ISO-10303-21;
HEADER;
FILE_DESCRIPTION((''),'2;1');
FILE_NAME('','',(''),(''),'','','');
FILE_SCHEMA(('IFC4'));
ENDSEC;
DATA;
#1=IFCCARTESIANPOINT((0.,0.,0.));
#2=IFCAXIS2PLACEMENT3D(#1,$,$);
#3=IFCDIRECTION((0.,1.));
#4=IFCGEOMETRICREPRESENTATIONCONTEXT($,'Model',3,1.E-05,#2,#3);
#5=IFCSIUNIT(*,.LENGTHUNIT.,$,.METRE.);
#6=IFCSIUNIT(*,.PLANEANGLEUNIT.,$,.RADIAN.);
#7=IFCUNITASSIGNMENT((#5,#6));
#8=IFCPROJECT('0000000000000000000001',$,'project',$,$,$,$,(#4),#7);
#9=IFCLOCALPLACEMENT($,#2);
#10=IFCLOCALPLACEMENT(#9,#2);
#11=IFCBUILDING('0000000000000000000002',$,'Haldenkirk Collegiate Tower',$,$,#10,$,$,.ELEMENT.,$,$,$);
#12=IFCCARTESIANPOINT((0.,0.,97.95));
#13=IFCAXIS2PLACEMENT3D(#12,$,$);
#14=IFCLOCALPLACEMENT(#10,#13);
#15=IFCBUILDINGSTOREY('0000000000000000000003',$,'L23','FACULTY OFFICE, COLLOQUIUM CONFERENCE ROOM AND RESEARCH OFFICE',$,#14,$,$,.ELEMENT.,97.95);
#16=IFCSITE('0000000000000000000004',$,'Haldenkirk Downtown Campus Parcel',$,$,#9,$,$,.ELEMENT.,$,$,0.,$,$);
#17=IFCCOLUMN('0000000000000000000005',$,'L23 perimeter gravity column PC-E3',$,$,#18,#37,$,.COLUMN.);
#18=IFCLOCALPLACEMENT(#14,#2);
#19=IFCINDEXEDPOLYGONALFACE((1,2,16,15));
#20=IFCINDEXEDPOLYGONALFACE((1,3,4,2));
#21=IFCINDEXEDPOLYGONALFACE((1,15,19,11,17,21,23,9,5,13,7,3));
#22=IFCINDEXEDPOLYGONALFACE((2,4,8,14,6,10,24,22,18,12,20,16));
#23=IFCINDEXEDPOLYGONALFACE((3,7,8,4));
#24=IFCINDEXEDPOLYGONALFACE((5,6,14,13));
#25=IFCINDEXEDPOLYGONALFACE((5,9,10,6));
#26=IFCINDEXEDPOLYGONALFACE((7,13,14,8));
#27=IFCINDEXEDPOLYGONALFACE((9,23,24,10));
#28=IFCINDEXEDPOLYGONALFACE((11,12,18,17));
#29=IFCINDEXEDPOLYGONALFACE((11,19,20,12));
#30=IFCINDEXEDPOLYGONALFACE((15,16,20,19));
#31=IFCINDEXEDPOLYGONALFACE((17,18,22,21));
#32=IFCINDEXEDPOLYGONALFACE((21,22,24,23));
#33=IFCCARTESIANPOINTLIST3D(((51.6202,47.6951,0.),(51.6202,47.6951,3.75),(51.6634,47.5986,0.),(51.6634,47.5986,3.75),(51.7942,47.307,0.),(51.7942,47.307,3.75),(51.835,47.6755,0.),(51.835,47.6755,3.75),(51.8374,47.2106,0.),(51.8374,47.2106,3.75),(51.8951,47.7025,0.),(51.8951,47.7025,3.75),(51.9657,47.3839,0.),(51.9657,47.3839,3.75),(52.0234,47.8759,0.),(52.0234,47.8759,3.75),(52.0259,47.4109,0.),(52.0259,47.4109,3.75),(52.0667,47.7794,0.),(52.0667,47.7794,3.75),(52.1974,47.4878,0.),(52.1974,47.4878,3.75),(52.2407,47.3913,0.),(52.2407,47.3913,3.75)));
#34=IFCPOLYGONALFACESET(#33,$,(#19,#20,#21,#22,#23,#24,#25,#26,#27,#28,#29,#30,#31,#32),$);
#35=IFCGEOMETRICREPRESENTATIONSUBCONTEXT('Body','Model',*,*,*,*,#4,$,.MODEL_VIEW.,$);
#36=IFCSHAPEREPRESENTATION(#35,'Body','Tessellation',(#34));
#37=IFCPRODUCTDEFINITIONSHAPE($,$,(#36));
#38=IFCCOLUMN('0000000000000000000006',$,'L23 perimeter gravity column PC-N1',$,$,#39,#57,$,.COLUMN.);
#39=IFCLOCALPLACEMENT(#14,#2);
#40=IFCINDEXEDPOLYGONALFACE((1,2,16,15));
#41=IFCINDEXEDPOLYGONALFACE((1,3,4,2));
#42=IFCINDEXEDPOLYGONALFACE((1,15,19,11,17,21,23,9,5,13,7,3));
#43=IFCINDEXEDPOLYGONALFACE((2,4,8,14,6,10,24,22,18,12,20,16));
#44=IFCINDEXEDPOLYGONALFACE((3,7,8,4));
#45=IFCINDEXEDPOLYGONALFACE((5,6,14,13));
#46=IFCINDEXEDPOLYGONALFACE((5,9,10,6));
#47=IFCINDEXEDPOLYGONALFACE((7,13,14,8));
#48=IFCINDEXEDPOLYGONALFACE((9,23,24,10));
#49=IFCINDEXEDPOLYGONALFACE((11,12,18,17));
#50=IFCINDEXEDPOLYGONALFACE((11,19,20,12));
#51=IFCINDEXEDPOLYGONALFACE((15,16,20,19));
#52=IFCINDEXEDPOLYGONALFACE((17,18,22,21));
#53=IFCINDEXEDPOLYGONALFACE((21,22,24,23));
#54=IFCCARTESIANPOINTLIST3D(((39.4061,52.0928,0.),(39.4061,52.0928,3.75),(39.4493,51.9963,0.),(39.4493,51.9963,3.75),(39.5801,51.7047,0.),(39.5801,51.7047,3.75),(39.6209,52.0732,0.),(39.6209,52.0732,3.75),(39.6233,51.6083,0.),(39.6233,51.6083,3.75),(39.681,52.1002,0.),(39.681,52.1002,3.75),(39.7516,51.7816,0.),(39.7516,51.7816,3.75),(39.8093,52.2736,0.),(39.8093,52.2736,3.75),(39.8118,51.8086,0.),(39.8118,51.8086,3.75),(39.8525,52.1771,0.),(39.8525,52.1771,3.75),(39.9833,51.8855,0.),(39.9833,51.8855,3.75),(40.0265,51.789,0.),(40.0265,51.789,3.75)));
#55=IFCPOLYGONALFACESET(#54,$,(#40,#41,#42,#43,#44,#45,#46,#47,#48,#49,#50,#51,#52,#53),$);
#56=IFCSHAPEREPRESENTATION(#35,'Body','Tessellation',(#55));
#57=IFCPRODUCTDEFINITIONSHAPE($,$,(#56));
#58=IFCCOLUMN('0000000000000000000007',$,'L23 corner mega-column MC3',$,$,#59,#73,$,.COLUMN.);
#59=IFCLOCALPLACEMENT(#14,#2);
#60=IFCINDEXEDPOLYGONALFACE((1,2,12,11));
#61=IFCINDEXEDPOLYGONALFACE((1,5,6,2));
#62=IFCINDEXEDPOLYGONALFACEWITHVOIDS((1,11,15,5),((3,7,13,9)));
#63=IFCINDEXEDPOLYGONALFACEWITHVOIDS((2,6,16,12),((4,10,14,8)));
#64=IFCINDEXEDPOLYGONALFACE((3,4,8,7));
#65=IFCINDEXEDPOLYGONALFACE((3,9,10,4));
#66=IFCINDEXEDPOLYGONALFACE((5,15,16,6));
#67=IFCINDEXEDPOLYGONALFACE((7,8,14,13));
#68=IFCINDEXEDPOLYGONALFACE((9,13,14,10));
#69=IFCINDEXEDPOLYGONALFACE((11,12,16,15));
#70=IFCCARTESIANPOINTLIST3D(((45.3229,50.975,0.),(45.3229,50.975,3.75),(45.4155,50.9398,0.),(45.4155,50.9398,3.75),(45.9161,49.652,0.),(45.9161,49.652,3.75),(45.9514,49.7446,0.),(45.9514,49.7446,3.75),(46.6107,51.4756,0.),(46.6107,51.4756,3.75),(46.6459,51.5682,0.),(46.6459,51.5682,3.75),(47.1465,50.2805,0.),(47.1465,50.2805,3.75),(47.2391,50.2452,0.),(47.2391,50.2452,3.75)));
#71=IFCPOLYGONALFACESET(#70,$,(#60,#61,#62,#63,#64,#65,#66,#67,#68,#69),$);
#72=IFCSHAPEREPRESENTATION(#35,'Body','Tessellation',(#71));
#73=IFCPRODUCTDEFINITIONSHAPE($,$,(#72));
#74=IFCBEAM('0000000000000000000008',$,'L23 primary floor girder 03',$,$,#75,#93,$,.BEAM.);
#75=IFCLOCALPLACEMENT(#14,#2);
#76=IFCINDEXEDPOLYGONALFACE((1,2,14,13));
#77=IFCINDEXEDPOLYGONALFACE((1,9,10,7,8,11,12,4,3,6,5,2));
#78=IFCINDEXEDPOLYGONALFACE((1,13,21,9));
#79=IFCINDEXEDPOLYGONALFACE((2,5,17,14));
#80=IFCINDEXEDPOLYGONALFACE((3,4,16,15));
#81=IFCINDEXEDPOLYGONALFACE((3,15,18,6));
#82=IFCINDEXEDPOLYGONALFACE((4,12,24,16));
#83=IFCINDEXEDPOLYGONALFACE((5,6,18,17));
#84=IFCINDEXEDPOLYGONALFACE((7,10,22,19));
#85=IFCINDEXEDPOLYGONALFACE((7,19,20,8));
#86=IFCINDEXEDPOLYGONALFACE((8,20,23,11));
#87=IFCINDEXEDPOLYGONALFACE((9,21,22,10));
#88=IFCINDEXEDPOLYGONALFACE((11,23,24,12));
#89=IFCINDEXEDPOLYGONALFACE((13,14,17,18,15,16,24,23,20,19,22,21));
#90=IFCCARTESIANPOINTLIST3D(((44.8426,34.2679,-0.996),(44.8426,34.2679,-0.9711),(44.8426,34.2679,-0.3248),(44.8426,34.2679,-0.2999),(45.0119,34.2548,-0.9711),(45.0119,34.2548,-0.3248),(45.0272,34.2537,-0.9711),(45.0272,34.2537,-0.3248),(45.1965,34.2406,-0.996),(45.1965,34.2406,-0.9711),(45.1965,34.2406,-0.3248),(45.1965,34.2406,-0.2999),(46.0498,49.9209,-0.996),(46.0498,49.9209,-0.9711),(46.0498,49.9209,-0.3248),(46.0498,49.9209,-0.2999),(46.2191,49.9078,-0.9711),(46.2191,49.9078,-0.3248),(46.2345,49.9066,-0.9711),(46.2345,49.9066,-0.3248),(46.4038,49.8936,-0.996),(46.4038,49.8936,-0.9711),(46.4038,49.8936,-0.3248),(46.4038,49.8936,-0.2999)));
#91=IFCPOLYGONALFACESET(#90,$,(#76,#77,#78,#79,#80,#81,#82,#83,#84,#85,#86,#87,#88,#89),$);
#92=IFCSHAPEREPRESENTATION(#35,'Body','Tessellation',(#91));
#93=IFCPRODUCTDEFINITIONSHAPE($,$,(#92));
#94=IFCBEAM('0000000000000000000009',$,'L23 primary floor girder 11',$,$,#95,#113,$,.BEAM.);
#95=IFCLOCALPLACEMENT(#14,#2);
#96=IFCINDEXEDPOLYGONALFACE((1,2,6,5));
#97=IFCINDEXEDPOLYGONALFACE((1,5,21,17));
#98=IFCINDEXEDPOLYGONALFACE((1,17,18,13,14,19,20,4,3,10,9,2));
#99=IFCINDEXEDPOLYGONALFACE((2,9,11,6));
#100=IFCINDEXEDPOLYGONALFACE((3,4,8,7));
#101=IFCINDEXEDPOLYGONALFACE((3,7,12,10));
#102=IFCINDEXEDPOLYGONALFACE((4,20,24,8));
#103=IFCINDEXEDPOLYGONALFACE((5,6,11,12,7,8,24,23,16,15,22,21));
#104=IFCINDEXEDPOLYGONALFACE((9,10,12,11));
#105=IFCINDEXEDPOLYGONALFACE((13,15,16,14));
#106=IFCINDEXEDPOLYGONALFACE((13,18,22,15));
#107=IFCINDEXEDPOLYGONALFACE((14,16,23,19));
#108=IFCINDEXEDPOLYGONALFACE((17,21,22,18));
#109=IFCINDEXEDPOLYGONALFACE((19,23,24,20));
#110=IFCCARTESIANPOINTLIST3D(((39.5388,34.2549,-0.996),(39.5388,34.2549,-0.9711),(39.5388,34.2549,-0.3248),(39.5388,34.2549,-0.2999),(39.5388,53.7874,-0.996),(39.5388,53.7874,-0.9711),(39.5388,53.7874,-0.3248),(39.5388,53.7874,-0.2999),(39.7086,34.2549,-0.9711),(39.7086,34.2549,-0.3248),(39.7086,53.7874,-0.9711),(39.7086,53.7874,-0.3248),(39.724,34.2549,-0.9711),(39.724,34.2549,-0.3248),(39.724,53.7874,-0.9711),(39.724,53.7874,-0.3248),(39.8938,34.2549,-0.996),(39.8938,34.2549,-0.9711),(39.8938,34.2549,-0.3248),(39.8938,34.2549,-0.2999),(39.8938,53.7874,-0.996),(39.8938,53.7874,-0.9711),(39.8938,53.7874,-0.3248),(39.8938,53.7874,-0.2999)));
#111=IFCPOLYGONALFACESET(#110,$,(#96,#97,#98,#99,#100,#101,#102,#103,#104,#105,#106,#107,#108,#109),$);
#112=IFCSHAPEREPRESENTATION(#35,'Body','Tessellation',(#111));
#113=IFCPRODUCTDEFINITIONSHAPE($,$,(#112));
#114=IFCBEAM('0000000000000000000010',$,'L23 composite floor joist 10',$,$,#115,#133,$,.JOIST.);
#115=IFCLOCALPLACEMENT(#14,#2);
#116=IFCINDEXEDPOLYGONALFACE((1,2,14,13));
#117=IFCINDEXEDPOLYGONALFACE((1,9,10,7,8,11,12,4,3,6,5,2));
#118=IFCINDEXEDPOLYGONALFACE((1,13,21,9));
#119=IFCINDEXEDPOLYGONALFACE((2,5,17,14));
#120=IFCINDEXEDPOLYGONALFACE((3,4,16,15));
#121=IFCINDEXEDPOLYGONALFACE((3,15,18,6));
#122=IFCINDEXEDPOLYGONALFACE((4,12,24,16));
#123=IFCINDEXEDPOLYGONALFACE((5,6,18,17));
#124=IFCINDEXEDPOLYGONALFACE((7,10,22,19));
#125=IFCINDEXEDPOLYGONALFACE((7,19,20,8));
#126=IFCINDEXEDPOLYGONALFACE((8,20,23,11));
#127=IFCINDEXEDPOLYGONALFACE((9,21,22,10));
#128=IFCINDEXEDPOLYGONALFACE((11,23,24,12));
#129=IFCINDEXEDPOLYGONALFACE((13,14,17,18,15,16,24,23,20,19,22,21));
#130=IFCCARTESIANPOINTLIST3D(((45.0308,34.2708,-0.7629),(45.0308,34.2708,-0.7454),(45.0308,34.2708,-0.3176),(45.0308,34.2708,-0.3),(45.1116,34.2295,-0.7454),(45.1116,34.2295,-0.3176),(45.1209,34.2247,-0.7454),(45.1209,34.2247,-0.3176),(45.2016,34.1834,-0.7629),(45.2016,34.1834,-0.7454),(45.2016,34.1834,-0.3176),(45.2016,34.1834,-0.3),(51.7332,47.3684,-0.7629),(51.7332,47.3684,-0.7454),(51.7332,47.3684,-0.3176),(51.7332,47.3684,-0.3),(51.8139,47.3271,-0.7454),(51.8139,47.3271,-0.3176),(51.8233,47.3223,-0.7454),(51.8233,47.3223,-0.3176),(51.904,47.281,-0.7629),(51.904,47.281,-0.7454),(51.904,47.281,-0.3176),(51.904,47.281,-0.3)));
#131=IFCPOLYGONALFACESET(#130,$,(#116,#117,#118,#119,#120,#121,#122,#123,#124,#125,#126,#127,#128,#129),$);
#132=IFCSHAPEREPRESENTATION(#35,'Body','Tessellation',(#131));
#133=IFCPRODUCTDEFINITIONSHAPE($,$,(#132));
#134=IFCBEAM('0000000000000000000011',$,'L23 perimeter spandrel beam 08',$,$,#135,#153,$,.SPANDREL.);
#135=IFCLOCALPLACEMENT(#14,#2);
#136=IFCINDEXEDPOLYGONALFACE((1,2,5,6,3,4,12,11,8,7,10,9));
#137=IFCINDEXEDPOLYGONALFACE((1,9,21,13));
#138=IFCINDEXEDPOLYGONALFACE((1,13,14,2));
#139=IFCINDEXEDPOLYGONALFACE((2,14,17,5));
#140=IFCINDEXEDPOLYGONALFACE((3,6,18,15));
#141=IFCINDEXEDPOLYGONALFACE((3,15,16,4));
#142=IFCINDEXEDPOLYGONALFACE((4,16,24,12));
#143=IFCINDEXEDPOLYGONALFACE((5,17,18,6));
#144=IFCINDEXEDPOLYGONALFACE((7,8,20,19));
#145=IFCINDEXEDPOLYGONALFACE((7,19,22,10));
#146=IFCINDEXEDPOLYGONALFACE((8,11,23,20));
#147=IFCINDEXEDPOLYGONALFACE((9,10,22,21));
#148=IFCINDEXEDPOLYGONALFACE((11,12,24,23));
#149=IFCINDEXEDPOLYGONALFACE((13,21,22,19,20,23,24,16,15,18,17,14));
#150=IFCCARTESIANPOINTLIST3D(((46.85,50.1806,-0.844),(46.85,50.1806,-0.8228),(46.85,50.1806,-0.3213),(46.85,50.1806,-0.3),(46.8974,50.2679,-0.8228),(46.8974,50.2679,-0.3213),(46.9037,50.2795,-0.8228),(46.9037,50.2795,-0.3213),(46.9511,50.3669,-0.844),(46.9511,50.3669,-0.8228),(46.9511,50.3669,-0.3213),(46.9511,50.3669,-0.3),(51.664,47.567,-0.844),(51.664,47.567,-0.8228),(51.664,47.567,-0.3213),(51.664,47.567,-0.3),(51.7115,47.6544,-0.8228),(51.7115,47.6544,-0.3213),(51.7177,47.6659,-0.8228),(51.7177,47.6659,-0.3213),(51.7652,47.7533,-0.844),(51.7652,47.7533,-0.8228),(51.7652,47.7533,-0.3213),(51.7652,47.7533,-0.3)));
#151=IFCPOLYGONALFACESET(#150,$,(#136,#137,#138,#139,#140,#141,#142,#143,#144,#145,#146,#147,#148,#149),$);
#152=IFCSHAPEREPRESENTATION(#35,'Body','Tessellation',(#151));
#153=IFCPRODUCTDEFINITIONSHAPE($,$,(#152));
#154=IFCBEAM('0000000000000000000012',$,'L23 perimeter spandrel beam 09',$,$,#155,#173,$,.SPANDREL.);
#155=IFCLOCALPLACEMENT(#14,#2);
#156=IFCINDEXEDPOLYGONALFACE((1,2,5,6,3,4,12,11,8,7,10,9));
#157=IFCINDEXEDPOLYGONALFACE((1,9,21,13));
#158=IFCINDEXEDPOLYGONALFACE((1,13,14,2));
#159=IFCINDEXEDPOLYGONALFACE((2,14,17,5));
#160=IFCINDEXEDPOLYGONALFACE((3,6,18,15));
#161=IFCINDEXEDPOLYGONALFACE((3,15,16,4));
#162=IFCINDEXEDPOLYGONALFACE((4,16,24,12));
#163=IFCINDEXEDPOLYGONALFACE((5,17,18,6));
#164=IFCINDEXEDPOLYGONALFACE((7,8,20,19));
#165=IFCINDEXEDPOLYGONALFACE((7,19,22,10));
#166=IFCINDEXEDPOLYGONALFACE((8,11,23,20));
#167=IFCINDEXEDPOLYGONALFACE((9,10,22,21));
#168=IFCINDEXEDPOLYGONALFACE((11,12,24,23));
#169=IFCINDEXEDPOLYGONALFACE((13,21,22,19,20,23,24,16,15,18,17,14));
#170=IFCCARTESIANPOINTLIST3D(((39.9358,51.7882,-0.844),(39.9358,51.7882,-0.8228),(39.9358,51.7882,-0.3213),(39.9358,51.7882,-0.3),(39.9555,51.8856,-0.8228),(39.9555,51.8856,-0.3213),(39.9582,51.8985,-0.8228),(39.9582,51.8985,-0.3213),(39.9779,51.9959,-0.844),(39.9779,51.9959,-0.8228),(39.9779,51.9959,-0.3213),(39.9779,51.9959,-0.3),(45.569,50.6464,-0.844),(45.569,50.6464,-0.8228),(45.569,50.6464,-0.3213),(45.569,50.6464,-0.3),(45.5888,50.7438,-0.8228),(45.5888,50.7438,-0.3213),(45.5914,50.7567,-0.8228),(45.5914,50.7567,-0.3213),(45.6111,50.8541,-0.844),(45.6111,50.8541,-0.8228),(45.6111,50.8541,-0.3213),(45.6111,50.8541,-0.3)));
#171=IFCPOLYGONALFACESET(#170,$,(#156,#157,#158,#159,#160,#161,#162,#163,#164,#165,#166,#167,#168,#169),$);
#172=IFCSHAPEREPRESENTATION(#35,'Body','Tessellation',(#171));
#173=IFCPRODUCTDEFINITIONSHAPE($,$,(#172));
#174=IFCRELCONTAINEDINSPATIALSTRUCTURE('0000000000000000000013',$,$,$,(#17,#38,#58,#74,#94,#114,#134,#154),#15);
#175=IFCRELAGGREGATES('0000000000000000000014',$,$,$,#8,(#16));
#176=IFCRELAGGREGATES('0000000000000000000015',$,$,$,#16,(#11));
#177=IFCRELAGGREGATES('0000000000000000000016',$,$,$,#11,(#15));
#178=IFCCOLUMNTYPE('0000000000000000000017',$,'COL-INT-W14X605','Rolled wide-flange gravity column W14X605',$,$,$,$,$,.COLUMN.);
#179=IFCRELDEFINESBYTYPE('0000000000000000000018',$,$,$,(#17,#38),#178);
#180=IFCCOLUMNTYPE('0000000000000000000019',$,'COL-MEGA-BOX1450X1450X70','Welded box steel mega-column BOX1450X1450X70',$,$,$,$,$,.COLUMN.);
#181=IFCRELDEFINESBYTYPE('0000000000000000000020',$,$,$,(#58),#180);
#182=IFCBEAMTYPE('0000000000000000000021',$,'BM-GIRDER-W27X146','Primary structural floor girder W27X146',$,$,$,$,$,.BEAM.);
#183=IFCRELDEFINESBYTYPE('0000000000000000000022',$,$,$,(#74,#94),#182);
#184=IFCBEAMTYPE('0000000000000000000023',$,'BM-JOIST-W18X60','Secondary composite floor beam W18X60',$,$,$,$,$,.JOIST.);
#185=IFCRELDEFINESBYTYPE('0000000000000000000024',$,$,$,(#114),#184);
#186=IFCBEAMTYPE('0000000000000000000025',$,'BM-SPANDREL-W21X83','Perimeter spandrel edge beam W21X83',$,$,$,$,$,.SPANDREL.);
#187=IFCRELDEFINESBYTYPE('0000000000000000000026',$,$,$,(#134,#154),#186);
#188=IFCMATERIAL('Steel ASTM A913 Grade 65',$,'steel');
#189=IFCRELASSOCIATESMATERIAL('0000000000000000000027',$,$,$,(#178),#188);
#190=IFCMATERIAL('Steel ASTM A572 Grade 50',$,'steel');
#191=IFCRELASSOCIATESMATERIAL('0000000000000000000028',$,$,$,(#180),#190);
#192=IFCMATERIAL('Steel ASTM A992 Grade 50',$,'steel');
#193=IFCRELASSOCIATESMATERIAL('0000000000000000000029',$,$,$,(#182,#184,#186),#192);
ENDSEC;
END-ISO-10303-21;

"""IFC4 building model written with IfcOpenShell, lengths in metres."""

from ifc_helpers import new_model, si_unit, direction, frame, origin, origin_2d, place, context, subcontext, project, spatial, hollow_rectangle, i_section, extrude, material, material_profile, profile_set, type_object, element, save


model = new_model("IFC4")

# Units and contexts
model_context = context("Model", 3, precision=1e-05, world=origin(), true_north=direction((0.0, 1.0)))
body_context = subcontext(model_context, "Body", "Model", "MODEL_VIEW")
ifc_project = project(units=[si_unit("LENGTHUNIT", "METRE"), si_unit("PLANEANGLEUNIT", "RADIAN")], contexts=[model_context])

# Site, building, storey
site_placement = place(None, origin())
site = spatial("IfcSite", under=ifc_project, at=site_placement, Name="Haldenkirk Downtown Campus Parcel", CompositionType="ELEMENT", RefElevation=0.0)
building_placement = place(site_placement, origin())
building = spatial("IfcBuilding", under=site, at=building_placement, Name="Haldenkirk Collegiate Tower", CompositionType="ELEMENT")
storey_placement = place(building_placement, frame((0.0, 0.0, 97.95)))
storey = spatial("IfcBuildingStorey", under=building, at=storey_placement, Name="L23", Description="FACULTY OFFICE, COLLOQUIUM CONFERENCE ROOM AND RESEARCH OFFICE", CompositionType="ELEMENT", Elevation=97.95)

# Columns
ifc_material_1 = material(Name="Steel ASTM A913 Grade 65", Category="steel")
ifc_material_profile_1 = material_profile(ifc_material_1, i_section(OverallWidth=0.4419, OverallDepth=0.531, WebThickness=0.0659, FlangeThickness=0.1057, at=origin_2d()), Name="W14X605")
ifc_profile_set_1 = profile_set([ifc_material_profile_1], Name="Steel ASTM A913 Grade 65")
column_type_1 = type_object("IfcColumnType", Name="COL-INT-W14X605", Description="Rolled wide-flange gravity column W14X605", PredefinedType="COLUMN", material=ifc_profile_set_1)
for number, where, z_axis, x_axis, name in (
    (1, (51.9304, 47.5432, 0.0), (0.0, 0.0, 1.0), (0.912477, 0.409127, 0.0), "L23 perimeter gravity column PC-E3"),
    (2, (39.7163, 51.9409, 0.0), (0.0, 0.0, 1.0), (0.912477, 0.409127, 0.0), "L23 perimeter gravity column PC-N1"),
):
    element("IfcColumn", number, at=place(storey_placement, frame(where, z_axis=z_axis, x_axis=x_axis)), inside=storey, type_object=column_type_1, Name=name, PredefinedType="COLUMN", context=body_context, shape_type="SweptSolid", body=[
        extrude(i_section(OverallWidth=0.4419, OverallDepth=0.531, WebThickness=0.0659, FlangeThickness=0.1057, at=origin_2d()), origin(), (0.0, 0.0, 1.0), 3.75),
    ])
ifc_material_2 = material(Name="Steel ASTM A572 Grade 50", Category="steel")
ifc_material_profile_2 = material_profile(ifc_material_2, hollow_rectangle(XDim=1.45, YDim=1.45, WallThickness=0.0701, at=origin_2d()), Name="BOX1450X1450X70")
ifc_profile_set_2 = profile_set([ifc_material_profile_2], Name="Steel ASTM A572 Grade 50")
column_type_2 = type_object("IfcColumnType", Name="COL-MEGA-BOX1450X1450X70", Description="Welded box steel mega-column BOX1450X1450X70", PredefinedType="COLUMN", material=ifc_profile_set_2)
column_placement = place(storey_placement, frame((46.281, 50.6101, 0.0), z_axis=(0.0, 0.0, 1.0), x_axis=(0.912477, 0.409127, 0.0)))
element("IfcColumn", 3, at=column_placement, inside=storey, type_object=column_type_2, Name="L23 corner mega-column MC3", PredefinedType="COLUMN", context=body_context, shape_type="SweptSolid", body=[
    extrude(hollow_rectangle(XDim=1.45, YDim=1.45, WallThickness=0.0701, at=origin_2d()), origin(), (0.0, 0.0, 1.0), 3.75),
])

# Beams
ifc_material_3 = material(Name="Steel ASTM A992 Grade 50", Category="steel")
ifc_material_profile_3 = material_profile(ifc_material_3, i_section(OverallWidth=0.355, OverallDepth=0.696, WebThickness=0.0154, FlangeThickness=0.0249, at=origin_2d()), Name="W27X146")
ifc_profile_set_3 = profile_set([ifc_material_profile_3], Name="Steel ASTM A992 Grade 50")
beam_type_1 = type_object("IfcBeamType", Name="BM-GIRDER-W27X146", Description="Primary structural floor girder W27X146", PredefinedType="BEAM", material=ifc_profile_set_3)
beam_1_placement = place(storey_placement, frame((46.2268, 49.9072, -0.6479), z_axis=(-0.076899, -0.997039, 0.0), x_axis=(0.997039, -0.076899, 0.0)))
element("IfcBeam", 4, at=beam_1_placement, inside=storey, type_object=beam_type_1, Name="L23 primary floor girder 03", PredefinedType="BEAM", context=body_context, shape_type="SweptSolid", body=[
    extrude(i_section(OverallWidth=0.355, OverallDepth=0.696, WebThickness=0.0154, FlangeThickness=0.0249, at=origin_2d()), origin(), (0.0, 0.0, 1.0), 15.6995),
])
beam_2_placement = place(storey_placement, frame((39.7163, 53.7874, -0.6479), z_axis=(0.0, -1.0, 0.0), x_axis=(1.0, 0.0, 0.0)))
element("IfcBeam", 5, at=beam_2_placement, inside=storey, type_object=beam_type_1, Name="L23 primary floor girder 11", PredefinedType="BEAM", context=body_context, shape_type="SweptSolid", body=[
    extrude(i_section(OverallWidth=0.355, OverallDepth=0.696, WebThickness=0.0154, FlangeThickness=0.0249, at=origin_2d()), origin(), (0.0, 0.0, 1.0), 19.5325),
])
ifc_material_profile_4 = material_profile(ifc_material_3, i_section(OverallWidth=0.1919, OverallDepth=0.4629, WebThickness=0.0105, FlangeThickness=0.0176, at=origin_2d()), Name="W18X60")
ifc_profile_set_4 = profile_set([ifc_material_profile_4], Name="Steel ASTM A992 Grade 50")
beam_type_2 = type_object("IfcBeamType", Name="BM-JOIST-W18X60", Description="Secondary composite floor beam W18X60", PredefinedType="JOIST", material=ifc_profile_set_4)
beam_3_placement = place(storey_placement, frame((51.8186, 47.3247, -0.5315), z_axis=(-0.455544, -0.890213, 0.0), x_axis=(0.890213, -0.455544, 0.0)))
element("IfcBeam", 6, at=beam_3_placement, inside=storey, type_object=beam_type_2, Name="L23 composite floor joist 10", PredefinedType="JOIST", context=body_context, shape_type="SweptSolid", body=[
    extrude(i_section(OverallWidth=0.1919, OverallDepth=0.4629, WebThickness=0.0105, FlangeThickness=0.0176, at=origin_2d()), origin(), (0.0, 0.0, 1.0), 14.7129),
])
ifc_material_profile_5 = material_profile(ifc_material_3, i_section(OverallWidth=0.2119, OverallDepth=0.5439, WebThickness=0.0132, FlangeThickness=0.0212, at=origin_2d()), Name="W21X83")
ifc_profile_set_5 = profile_set([ifc_material_profile_5], Name="Steel ASTM A992 Grade 50")
beam_type_3 = type_object("IfcBeamType", Name="BM-SPANDREL-W21X83", Description="Perimeter spandrel edge beam W21X83", PredefinedType="SPANDREL", material=ifc_profile_set_5)
beam_4_placement = place(storey_placement, frame((51.7146, 47.6602, -0.572), z_axis=(-0.878836, 0.477124, 0.0), x_axis=(-0.477124, -0.878836, 0.0)))
element("IfcBeam", 7, at=beam_4_placement, inside=storey, type_object=beam_type_3, Name="L23 perimeter spandrel beam 08", PredefinedType="SPANDREL", context=body_context, shape_type="SweptSolid", body=[
    extrude(i_section(OverallWidth=0.2119, OverallDepth=0.5439, WebThickness=0.0132, FlangeThickness=0.0212, at=origin_2d()), origin(), (0.0, 0.0, 1.0), 5.4778),
])
beam_5_placement = place(storey_placement, frame((45.5901, 50.7502, -0.572), z_axis=(-0.980069, 0.198656, 0.0), x_axis=(-0.198656, -0.980069, 0.0)))
element("IfcBeam", 8, at=beam_5_placement, inside=storey, type_object=beam_type_3, Name="L23 perimeter spandrel beam 09", PredefinedType="SPANDREL", context=body_context, shape_type="SweptSolid", body=[
    extrude(i_section(OverallWidth=0.2119, OverallDepth=0.5439, WebThickness=0.0132, FlangeThickness=0.0212, at=origin_2d()), origin(), (0.0, 0.0, 1.0), 5.7478),
])

save(model, "model.ifc")
